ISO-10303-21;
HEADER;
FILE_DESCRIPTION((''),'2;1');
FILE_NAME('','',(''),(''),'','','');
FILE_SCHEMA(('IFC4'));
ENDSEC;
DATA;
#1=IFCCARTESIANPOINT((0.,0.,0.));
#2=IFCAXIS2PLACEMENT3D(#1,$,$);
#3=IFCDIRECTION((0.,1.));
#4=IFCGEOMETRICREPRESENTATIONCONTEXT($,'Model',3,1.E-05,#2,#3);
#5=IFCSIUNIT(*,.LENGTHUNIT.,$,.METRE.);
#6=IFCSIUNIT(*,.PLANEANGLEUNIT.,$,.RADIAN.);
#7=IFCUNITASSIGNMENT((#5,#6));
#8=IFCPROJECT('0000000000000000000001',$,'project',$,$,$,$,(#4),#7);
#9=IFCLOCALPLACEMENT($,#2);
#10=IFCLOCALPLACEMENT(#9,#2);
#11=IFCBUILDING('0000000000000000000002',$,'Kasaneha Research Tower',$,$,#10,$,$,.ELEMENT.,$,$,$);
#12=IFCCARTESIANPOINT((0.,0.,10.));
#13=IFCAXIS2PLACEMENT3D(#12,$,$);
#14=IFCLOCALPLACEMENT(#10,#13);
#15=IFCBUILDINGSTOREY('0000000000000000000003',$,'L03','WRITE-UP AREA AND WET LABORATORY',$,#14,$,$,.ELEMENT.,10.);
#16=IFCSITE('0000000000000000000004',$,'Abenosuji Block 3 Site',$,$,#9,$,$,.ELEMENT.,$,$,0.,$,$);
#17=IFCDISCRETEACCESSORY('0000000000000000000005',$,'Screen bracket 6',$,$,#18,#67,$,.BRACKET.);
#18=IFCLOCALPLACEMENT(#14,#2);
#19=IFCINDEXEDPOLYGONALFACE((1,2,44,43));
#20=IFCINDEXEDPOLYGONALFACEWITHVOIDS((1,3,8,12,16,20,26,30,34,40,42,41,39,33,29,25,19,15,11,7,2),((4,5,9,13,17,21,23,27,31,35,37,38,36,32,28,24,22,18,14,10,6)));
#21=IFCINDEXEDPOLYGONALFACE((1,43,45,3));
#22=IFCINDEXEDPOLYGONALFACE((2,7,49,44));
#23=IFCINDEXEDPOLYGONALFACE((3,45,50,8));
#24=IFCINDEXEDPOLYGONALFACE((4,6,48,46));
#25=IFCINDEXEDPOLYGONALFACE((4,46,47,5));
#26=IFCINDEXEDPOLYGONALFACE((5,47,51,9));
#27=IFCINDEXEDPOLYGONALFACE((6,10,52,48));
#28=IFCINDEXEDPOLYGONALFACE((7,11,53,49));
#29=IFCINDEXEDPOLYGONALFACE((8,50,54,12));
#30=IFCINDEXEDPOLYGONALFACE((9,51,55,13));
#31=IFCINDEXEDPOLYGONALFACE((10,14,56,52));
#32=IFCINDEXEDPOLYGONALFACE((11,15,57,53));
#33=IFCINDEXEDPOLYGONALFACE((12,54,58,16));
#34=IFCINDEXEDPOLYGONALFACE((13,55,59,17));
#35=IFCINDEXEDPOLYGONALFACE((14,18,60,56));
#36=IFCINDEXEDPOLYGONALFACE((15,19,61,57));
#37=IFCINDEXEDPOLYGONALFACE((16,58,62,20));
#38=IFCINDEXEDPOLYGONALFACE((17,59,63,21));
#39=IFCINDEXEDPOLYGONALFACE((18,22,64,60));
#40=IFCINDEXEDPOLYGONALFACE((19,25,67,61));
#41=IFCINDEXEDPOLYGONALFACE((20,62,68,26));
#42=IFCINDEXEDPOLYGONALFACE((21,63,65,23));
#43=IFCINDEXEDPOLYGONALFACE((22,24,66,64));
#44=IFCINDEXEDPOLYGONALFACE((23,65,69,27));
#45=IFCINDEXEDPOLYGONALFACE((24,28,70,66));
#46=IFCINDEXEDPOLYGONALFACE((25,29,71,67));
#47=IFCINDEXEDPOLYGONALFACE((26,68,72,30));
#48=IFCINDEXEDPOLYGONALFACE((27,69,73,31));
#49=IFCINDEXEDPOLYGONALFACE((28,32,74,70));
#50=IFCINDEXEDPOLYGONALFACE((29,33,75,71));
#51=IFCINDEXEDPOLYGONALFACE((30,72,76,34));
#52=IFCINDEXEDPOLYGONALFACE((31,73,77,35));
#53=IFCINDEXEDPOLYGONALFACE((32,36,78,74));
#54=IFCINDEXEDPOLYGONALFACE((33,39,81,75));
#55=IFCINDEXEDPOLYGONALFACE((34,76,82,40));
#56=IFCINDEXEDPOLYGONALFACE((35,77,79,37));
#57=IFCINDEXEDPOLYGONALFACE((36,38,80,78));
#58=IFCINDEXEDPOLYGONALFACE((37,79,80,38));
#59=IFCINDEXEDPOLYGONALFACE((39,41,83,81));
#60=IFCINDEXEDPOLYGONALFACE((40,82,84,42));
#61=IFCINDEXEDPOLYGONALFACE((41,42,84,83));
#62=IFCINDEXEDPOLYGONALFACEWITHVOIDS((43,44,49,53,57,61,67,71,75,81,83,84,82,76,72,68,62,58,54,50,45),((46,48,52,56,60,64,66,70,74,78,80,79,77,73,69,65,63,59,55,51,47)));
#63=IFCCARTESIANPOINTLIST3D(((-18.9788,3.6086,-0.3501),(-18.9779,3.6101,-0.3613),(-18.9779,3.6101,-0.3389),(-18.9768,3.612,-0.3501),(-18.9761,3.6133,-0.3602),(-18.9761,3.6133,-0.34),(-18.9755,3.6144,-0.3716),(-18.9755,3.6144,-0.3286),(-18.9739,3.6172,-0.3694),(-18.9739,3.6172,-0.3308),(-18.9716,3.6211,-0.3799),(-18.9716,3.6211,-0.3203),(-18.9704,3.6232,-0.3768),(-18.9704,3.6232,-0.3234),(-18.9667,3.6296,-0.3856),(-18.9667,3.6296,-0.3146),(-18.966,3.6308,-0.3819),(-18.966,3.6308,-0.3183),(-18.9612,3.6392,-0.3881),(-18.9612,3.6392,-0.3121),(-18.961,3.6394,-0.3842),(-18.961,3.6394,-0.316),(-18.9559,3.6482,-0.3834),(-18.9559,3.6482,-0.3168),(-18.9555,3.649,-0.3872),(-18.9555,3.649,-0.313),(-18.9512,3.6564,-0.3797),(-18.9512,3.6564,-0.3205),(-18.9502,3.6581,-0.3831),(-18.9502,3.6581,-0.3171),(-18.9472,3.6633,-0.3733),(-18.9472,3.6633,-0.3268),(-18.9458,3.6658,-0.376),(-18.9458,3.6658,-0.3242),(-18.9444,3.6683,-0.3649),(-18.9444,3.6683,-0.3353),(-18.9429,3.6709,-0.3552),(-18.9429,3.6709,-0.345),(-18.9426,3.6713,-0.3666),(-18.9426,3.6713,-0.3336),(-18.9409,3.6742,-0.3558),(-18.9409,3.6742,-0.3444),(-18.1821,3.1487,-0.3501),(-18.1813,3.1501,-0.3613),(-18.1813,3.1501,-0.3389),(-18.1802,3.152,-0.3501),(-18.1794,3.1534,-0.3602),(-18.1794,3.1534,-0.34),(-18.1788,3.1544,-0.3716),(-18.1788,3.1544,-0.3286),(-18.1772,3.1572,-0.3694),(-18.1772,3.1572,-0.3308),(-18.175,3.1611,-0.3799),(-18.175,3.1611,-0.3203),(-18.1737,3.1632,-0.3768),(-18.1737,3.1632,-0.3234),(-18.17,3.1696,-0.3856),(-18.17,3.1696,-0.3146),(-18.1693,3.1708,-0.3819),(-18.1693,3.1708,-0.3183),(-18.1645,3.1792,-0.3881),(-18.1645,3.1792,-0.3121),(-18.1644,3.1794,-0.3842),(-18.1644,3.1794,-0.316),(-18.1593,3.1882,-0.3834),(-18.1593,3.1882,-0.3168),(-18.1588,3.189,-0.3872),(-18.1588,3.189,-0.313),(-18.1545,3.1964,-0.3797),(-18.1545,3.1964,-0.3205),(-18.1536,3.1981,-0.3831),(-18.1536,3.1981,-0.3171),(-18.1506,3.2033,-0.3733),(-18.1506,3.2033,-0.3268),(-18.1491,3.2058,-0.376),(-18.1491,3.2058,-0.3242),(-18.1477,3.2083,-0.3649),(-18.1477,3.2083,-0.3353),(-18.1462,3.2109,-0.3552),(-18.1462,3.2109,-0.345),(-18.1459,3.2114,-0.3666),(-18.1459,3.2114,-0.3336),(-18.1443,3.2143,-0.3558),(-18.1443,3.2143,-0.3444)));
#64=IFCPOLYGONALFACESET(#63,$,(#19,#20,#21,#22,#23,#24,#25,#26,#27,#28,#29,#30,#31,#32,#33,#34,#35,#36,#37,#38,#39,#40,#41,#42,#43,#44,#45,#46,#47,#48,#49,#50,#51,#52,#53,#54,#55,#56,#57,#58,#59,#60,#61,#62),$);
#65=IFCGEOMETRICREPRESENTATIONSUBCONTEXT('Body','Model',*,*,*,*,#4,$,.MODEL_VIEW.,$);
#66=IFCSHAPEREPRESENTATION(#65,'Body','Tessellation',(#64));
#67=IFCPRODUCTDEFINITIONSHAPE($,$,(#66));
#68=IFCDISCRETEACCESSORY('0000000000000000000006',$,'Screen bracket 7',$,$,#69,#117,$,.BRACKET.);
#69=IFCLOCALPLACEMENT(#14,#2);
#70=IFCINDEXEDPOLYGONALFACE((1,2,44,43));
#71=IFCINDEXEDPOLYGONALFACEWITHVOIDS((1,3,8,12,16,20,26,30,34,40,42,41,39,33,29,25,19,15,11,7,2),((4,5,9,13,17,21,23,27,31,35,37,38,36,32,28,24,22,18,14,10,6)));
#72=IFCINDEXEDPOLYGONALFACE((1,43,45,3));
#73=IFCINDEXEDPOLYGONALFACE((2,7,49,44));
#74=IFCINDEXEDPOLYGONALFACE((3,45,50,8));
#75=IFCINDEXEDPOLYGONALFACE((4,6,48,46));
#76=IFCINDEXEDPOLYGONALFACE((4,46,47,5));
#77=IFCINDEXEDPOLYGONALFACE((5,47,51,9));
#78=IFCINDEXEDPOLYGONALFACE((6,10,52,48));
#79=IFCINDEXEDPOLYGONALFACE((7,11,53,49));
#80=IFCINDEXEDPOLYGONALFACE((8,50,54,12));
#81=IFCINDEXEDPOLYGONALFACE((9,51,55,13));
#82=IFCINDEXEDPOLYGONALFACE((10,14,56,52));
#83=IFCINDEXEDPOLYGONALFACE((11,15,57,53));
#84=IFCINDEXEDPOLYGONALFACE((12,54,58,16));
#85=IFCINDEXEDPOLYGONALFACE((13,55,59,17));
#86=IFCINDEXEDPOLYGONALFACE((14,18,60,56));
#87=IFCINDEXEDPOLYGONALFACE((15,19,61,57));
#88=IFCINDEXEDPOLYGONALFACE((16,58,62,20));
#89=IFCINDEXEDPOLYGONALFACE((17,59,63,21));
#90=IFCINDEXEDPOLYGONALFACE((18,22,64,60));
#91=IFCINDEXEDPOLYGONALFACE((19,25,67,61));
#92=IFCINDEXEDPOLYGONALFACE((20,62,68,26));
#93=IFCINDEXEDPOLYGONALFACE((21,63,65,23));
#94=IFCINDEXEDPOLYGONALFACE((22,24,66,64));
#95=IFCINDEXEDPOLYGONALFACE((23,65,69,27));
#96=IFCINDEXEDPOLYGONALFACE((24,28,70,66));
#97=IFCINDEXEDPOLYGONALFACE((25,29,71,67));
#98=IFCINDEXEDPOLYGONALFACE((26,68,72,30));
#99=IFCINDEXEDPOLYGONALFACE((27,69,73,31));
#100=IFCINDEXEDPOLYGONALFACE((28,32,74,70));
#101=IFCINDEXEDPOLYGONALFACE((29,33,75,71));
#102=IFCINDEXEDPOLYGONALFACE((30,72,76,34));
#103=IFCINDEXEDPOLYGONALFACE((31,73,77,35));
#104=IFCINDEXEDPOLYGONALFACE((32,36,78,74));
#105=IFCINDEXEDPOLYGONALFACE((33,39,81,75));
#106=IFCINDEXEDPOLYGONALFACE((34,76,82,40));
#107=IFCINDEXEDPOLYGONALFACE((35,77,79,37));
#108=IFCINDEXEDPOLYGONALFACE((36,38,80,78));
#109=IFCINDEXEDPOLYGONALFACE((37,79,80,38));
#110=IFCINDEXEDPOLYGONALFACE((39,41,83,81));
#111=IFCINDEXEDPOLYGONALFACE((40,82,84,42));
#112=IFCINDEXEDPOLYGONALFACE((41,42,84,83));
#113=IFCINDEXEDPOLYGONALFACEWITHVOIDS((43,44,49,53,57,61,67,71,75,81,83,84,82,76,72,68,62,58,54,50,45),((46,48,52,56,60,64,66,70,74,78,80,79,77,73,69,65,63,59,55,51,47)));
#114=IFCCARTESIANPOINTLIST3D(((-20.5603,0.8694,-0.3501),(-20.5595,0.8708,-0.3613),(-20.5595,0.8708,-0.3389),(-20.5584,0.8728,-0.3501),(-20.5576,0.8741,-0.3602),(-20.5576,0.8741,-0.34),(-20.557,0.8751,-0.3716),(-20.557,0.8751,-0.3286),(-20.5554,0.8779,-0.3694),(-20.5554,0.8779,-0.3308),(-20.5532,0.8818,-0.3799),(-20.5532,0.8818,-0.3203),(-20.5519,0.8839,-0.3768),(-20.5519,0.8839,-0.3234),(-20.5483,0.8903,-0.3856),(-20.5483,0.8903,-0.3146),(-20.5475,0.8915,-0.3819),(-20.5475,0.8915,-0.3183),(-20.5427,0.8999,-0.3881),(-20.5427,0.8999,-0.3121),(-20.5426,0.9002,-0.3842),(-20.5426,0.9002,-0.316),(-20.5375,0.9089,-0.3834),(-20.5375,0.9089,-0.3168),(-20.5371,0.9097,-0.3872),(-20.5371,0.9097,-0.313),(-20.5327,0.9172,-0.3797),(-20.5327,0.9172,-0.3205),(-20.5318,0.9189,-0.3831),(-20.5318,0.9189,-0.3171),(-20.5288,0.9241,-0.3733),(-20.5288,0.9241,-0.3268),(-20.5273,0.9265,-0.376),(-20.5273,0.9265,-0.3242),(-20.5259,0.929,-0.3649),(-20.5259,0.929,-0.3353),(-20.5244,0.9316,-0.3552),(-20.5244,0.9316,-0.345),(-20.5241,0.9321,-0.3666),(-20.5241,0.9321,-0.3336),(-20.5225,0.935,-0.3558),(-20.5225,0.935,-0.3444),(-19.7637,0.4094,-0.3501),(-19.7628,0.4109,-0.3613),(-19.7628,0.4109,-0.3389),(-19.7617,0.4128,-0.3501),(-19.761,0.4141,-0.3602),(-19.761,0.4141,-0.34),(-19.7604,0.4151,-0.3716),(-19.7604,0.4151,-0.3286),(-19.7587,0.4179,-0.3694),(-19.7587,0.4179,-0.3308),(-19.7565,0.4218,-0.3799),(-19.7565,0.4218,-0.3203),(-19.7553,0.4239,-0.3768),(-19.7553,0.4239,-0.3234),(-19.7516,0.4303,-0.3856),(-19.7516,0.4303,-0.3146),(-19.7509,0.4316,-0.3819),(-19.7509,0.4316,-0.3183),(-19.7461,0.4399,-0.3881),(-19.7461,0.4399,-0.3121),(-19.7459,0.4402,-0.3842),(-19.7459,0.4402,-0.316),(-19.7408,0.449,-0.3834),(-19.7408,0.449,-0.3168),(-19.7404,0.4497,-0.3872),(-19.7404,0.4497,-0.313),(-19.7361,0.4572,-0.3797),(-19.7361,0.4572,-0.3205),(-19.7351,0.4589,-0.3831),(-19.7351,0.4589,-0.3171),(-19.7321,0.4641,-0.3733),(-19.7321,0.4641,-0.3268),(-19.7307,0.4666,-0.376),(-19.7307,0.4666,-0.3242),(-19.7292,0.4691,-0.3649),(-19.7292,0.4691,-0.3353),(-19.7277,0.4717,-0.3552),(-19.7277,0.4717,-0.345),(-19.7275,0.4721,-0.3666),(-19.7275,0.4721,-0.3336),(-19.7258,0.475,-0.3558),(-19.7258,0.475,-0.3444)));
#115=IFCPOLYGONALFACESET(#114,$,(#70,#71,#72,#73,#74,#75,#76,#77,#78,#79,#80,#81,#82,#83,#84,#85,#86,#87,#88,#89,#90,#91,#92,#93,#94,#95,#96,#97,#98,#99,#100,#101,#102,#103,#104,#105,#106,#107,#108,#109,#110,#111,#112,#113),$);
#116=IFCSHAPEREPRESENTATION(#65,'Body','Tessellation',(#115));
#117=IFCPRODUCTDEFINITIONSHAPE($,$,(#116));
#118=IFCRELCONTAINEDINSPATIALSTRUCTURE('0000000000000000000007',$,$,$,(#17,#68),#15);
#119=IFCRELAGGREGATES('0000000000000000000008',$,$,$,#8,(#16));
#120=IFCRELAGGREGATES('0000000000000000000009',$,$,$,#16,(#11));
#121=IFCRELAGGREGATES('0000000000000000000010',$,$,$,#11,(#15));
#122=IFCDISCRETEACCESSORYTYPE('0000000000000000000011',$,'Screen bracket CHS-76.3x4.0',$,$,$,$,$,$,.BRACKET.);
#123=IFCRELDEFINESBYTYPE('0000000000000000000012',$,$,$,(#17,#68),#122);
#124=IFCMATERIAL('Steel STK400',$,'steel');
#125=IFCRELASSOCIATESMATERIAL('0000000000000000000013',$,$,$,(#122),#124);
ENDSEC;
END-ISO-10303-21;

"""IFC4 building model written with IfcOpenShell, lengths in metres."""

from ifc_helpers import new_model, si_unit, direction, frame, origin, origin_2d, place, context, subcontext, project, spatial, hollow_circle, extrude, material, material_profile, profile_set, type_object, element, save


model = new_model("IFC4")

# Units and contexts
model_context = context("Model", 3, precision=1e-05, world=origin(), true_north=direction((0.0, 1.0)))
body_context = subcontext(model_context, "Body", "Model", "MODEL_VIEW")
ifc_project = project(units=[si_unit("LENGTHUNIT", "METRE"), si_unit("PLANEANGLEUNIT", "RADIAN")], contexts=[model_context])

# Site, building, storey
site_placement = place(None, origin())
site = spatial("IfcSite", under=ifc_project, at=site_placement, Name="Abenosuji Block 3 Site", CompositionType="ELEMENT", RefElevation=0.0)
building_placement = place(site_placement, origin())
building = spatial("IfcBuilding", under=site, at=building_placement, Name="Kasaneha Research Tower", CompositionType="ELEMENT")
storey_placement = place(building_placement, frame((0.0, 0.0, 10.0)))
storey = spatial("IfcBuildingStorey", under=building, at=storey_placement, Name="L03", Description="WRITE-UP AREA AND WET LABORATORY", CompositionType="ELEMENT", Elevation=10.0)

# Discrete accessories
ifc_material_1 = material(Name="Steel STK400", Category="steel")
ifc_material_profile_1 = material_profile(ifc_material_1, hollow_circle(Radius=0.0381, WallThickness=0.0039, at=origin_2d()), Name="CHS-76.3x4.0")
ifc_profile_set_1 = profile_set([ifc_material_profile_1], Name="Steel STK400")
discrete_accessory_type = type_object("IfcDiscreteAccessoryType", Name="Screen bracket CHS-76.3x4.0", PredefinedType="BRACKET", material=ifc_profile_set_1)
for number, where, z_axis, x_axis, name in (
    (1, (-18.1631, 3.1816, -0.3501), (-0.866013, 0.500021, 0.0), (-0.500021, -0.866013, 0.0), "Screen bracket 6"),
    (2, (-19.7446, 0.4424, -0.3501), (-0.866013, 0.500021, 0.0), (-0.500021, -0.866013, 0.0), "Screen bracket 7"),
):
    element("IfcDiscreteAccessory", number, at=place(storey_placement, frame(where, z_axis=z_axis, x_axis=x_axis)), inside=storey, type_object=discrete_accessory_type, Name=name, PredefinedType="BRACKET", context=body_context, shape_type="SweptSolid", body=[
        extrude(hollow_circle(Radius=0.0381, WallThickness=0.0039, at=origin_2d()), origin(), (0.0, 0.0, 1.0), 0.9199),
    ])

save(model, "model.ifc")
